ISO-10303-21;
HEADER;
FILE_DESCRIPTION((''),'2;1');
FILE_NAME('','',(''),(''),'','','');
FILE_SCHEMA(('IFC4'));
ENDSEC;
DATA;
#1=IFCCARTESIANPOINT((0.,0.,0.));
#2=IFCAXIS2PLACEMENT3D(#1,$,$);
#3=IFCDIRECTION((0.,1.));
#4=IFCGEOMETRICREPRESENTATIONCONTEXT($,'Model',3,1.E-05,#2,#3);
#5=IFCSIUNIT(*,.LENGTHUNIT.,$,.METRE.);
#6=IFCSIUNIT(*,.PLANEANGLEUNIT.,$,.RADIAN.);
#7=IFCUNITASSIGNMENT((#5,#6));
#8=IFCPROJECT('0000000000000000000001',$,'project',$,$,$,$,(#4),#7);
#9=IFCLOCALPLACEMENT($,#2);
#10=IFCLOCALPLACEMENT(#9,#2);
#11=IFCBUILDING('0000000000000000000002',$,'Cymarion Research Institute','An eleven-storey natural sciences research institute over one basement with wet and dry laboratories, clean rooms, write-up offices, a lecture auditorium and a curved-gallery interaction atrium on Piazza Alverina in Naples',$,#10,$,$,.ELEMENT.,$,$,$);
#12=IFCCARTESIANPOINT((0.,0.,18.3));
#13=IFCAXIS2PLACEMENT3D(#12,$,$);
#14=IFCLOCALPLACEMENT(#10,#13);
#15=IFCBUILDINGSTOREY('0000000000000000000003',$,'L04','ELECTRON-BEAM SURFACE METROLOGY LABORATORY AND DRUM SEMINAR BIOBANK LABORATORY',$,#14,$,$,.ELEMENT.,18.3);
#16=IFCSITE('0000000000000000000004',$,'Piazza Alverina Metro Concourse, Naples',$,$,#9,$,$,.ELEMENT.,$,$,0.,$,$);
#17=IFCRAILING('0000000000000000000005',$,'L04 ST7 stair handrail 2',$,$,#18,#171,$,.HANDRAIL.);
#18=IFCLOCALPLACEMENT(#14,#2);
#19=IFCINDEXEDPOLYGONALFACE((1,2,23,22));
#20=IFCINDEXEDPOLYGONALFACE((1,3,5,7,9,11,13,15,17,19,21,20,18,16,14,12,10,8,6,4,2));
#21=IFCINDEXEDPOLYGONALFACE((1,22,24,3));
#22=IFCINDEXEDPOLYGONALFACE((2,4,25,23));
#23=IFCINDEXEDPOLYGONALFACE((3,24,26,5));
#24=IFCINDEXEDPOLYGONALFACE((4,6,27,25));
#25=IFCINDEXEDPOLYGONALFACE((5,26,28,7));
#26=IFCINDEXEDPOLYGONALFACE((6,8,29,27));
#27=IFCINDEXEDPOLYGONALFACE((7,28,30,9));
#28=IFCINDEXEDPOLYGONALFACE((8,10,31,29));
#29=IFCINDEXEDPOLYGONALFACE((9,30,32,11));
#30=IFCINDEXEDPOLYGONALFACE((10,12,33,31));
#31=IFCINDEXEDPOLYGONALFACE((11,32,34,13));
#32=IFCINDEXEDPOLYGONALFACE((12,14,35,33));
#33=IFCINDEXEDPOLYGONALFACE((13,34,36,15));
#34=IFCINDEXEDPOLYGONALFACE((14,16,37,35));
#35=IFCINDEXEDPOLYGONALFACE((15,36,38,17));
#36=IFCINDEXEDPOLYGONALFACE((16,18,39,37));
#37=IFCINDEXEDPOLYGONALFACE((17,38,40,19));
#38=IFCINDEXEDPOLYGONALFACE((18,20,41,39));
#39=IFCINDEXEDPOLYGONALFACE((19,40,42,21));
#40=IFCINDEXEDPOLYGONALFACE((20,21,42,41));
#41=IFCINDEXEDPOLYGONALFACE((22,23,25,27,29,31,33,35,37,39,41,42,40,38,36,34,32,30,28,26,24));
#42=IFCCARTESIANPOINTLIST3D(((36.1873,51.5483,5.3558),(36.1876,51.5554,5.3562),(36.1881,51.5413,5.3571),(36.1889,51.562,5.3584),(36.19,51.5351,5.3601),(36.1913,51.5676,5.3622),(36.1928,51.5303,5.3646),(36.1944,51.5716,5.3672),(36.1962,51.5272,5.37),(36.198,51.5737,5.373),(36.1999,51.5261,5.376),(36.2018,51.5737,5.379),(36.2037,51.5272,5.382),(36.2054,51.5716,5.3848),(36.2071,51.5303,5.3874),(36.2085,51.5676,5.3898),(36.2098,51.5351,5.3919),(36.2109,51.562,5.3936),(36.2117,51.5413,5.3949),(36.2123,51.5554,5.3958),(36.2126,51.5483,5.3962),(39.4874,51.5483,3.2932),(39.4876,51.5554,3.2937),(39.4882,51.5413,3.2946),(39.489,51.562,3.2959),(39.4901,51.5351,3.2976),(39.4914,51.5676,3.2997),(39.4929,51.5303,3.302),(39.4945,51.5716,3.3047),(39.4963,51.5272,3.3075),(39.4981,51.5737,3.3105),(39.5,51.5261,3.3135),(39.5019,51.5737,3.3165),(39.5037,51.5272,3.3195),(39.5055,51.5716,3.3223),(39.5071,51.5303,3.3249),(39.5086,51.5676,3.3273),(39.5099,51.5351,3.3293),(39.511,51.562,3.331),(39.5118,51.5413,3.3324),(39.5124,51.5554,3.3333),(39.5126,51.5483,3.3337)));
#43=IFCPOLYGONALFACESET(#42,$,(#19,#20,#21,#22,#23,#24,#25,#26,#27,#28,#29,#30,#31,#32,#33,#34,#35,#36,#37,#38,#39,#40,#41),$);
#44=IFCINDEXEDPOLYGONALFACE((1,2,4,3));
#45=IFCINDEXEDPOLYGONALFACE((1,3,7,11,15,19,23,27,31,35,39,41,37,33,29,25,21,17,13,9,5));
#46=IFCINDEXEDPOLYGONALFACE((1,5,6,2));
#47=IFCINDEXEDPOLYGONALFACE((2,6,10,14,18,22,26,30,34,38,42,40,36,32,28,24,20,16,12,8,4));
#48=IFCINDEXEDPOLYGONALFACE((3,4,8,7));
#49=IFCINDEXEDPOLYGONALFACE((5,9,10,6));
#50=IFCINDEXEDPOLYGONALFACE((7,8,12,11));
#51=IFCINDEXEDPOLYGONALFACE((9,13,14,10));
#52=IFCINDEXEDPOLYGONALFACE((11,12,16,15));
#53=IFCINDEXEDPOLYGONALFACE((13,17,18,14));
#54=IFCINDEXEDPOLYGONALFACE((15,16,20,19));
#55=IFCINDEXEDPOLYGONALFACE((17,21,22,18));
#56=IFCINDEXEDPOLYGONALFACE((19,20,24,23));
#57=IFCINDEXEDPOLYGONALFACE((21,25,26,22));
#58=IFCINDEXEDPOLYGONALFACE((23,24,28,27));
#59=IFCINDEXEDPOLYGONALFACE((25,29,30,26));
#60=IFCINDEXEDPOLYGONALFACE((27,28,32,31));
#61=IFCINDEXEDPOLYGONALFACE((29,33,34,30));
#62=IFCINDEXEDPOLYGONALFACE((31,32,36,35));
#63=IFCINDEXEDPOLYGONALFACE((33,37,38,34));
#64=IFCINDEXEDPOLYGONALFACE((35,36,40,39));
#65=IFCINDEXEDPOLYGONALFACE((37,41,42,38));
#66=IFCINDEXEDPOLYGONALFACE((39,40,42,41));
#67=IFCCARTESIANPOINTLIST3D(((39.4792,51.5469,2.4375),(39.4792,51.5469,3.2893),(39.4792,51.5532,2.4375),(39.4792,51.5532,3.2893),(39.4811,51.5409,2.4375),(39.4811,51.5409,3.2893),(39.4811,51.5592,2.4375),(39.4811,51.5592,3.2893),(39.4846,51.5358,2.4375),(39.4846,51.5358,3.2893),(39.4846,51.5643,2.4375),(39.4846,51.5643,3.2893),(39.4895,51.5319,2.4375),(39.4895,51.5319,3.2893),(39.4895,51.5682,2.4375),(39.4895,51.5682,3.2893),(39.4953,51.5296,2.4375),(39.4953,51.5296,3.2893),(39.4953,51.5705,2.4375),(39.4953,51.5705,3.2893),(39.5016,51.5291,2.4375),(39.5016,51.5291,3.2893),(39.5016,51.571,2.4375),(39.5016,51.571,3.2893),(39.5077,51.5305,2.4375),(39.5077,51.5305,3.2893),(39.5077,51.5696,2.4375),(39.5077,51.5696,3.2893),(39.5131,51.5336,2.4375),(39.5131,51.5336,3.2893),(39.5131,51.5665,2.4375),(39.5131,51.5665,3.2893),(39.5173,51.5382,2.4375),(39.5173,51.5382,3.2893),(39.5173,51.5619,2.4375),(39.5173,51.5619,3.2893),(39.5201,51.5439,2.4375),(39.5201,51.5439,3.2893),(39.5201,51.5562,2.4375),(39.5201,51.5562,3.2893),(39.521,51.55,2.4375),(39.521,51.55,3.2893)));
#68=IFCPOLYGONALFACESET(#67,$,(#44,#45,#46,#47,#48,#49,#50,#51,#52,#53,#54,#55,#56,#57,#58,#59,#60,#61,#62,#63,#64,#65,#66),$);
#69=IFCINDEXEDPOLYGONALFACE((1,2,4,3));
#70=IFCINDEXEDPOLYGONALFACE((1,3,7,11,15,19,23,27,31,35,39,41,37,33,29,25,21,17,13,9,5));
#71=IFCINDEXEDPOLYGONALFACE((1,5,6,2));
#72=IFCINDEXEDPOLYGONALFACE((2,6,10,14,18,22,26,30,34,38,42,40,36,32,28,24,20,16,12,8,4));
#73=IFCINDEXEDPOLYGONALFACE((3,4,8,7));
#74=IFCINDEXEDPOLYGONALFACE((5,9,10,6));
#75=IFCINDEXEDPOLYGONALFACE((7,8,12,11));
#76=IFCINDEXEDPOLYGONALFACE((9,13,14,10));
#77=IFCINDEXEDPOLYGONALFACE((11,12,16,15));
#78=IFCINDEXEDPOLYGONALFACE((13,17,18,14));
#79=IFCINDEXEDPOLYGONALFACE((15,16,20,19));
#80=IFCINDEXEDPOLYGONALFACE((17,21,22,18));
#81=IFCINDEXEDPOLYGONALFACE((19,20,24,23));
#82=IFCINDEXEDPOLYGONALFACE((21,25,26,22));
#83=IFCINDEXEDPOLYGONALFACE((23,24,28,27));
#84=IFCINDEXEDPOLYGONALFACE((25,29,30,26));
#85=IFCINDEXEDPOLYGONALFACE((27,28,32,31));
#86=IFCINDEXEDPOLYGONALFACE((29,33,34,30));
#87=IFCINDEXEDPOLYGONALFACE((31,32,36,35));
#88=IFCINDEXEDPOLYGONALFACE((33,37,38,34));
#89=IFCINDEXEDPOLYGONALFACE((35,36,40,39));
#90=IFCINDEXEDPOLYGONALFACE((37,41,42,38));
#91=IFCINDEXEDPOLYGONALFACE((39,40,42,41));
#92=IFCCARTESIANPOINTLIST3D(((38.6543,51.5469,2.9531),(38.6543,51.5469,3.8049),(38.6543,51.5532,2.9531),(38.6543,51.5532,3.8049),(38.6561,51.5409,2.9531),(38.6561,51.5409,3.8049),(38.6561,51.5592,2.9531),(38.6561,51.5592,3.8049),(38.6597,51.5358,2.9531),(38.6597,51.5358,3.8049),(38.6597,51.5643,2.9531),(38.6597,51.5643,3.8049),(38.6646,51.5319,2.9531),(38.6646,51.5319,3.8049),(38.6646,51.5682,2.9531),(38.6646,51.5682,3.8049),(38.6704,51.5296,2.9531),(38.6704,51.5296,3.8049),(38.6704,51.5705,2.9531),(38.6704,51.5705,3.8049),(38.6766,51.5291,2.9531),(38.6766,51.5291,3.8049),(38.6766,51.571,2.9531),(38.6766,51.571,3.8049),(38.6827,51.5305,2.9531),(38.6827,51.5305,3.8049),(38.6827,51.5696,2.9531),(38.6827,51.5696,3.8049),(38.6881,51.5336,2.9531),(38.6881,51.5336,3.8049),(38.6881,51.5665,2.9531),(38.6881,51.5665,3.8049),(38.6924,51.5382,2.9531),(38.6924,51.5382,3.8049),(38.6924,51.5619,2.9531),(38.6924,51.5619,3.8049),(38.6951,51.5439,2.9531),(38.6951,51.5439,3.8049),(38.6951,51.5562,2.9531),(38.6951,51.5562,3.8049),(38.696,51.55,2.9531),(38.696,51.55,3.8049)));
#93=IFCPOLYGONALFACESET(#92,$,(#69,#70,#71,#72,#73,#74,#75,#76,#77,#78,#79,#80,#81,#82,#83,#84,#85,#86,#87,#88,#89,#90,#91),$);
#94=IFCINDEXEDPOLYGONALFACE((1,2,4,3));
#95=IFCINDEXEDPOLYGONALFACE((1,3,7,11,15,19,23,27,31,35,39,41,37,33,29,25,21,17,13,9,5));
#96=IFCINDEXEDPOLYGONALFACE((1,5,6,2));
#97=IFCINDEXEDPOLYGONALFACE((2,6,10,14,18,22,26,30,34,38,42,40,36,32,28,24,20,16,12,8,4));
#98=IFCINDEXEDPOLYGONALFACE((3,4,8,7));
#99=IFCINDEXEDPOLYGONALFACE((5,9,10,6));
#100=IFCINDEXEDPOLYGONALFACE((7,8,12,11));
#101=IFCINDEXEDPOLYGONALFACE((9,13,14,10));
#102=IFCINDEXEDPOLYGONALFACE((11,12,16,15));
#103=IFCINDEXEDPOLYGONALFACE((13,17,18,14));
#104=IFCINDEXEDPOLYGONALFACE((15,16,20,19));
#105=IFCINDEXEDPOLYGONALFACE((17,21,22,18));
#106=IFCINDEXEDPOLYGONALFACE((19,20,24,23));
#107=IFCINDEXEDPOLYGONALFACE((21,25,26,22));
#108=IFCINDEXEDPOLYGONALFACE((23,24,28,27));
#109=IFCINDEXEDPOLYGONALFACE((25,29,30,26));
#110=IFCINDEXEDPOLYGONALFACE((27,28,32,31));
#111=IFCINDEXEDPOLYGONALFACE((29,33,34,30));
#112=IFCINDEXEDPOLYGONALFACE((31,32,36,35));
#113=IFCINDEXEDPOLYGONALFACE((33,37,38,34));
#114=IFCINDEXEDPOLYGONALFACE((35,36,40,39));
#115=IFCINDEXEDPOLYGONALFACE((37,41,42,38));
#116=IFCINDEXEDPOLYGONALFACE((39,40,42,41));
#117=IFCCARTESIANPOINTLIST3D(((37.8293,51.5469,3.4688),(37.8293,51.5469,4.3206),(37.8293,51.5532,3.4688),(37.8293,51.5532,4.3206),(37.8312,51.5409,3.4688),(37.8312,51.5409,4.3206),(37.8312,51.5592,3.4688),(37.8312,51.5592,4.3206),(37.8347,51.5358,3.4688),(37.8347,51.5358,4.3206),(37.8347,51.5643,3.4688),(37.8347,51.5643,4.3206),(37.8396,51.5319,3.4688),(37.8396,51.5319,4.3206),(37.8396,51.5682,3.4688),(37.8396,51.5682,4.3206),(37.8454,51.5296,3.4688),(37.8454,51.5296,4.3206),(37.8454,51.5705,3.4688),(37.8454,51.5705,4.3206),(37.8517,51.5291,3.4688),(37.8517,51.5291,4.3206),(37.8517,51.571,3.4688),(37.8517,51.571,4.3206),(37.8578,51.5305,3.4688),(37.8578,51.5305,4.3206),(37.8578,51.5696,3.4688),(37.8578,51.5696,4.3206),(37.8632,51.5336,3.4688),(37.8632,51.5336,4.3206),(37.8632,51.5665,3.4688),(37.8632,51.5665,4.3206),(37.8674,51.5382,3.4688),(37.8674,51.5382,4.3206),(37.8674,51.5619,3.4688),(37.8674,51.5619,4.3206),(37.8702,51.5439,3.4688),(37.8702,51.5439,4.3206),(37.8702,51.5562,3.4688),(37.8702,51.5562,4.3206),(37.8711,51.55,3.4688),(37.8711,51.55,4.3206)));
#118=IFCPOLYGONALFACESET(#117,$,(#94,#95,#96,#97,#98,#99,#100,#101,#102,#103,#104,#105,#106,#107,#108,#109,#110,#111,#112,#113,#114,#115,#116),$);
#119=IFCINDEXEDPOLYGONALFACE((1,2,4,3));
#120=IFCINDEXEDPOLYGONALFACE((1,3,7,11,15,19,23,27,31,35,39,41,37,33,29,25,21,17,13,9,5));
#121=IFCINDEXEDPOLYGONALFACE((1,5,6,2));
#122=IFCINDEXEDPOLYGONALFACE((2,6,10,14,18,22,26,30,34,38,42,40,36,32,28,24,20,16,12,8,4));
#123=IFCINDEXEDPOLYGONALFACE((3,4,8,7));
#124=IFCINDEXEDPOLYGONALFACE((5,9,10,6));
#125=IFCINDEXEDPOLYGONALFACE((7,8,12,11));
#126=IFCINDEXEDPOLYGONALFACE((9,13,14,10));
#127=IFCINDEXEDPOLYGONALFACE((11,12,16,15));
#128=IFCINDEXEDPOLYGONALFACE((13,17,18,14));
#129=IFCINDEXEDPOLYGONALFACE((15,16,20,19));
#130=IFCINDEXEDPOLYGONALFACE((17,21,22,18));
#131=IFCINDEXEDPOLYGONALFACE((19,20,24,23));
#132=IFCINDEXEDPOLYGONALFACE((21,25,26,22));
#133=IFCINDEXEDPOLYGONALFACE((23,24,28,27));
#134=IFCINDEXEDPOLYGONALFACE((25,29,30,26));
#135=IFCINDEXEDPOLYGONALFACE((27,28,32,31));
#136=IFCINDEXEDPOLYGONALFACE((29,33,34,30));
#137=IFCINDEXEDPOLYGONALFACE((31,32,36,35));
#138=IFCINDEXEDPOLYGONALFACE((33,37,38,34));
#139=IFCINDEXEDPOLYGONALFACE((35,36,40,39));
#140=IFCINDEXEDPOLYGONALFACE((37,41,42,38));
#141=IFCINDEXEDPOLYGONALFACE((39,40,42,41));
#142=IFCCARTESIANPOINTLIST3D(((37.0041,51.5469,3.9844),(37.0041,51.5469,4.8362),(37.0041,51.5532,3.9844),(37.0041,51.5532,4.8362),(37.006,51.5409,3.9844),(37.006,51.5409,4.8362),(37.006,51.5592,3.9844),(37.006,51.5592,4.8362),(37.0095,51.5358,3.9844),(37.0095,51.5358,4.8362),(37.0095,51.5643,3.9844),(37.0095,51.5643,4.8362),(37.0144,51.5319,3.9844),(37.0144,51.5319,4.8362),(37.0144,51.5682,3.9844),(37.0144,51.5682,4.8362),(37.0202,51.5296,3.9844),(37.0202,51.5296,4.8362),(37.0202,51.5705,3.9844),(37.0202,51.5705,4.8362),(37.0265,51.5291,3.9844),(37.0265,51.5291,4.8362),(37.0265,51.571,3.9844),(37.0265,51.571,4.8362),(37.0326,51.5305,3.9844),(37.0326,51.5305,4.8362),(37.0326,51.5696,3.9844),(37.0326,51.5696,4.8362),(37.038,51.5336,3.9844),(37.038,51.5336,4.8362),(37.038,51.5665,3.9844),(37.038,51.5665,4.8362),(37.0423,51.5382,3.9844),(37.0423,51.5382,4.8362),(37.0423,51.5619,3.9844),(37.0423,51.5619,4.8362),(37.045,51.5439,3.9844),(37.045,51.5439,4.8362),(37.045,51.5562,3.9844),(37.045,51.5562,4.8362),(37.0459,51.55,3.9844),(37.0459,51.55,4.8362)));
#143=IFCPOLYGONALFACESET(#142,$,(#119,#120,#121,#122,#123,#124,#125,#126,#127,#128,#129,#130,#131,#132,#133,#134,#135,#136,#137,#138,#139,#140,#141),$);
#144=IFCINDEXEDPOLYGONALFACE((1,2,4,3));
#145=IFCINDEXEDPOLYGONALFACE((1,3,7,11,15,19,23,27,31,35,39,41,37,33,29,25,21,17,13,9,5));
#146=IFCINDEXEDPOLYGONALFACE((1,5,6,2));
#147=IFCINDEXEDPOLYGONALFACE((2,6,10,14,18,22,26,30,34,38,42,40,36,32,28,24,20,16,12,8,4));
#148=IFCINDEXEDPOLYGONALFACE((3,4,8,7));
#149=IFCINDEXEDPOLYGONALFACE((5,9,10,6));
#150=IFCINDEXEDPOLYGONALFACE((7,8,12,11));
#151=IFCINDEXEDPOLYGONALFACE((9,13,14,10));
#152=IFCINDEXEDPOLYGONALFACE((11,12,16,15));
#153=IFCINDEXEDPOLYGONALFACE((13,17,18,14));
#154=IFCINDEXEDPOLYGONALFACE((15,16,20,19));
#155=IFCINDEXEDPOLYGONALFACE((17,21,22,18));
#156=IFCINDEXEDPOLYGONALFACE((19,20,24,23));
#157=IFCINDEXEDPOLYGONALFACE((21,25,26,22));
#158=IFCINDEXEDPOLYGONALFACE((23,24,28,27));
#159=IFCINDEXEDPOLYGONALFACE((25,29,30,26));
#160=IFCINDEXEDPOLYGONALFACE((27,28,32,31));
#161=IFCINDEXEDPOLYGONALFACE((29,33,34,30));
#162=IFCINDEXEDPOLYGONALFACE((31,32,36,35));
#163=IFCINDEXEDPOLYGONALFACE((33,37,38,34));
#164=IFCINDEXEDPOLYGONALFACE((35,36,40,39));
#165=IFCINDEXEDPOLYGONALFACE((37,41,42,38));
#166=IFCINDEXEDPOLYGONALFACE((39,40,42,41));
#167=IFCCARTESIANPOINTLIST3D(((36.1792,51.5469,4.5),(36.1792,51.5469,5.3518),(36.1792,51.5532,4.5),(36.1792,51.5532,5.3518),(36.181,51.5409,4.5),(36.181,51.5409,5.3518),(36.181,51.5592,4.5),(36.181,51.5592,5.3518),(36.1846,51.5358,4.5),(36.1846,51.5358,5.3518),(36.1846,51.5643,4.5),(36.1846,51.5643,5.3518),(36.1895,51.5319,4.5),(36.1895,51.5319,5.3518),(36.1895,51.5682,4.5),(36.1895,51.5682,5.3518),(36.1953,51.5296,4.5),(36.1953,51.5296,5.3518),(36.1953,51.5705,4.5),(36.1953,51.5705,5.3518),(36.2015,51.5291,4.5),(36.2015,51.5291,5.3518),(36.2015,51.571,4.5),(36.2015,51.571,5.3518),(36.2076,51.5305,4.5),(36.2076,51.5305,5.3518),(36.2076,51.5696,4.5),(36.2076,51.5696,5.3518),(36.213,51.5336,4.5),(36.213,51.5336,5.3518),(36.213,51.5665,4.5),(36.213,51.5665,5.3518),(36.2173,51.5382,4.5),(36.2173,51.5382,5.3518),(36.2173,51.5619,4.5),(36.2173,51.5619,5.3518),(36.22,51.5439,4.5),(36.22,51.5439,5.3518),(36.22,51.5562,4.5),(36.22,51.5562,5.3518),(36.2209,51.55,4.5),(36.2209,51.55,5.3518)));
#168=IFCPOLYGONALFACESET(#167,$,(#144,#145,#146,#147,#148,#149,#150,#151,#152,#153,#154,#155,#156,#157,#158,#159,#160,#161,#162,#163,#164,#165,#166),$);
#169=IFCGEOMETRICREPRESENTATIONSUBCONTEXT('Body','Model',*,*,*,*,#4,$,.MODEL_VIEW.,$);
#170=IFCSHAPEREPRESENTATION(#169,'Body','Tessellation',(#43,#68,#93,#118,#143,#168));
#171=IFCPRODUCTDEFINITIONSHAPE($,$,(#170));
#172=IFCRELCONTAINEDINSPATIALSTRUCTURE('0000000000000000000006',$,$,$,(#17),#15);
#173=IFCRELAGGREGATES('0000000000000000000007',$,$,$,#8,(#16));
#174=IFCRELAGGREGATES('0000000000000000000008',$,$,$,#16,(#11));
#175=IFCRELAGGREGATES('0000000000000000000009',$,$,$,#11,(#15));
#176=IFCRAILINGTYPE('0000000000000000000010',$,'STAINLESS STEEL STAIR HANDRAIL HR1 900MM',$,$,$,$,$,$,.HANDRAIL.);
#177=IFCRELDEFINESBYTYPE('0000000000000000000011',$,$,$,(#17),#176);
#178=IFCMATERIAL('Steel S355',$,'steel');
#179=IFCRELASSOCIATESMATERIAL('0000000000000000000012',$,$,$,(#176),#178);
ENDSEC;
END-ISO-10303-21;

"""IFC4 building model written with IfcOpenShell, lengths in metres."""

from ifc_helpers import new_model, si_unit, direction, frame, origin, origin_2d, place, context, subcontext, project, spatial, circle, extrude, material, type_object, element, save


model = new_model("IFC4")

# Units and contexts
model_context = context("Model", 3, precision=1e-05, world=origin(), true_north=direction((0.0, 1.0)))
body_context = subcontext(model_context, "Body", "Model", "MODEL_VIEW")
ifc_project = project(units=[si_unit("LENGTHUNIT", "METRE"), si_unit("PLANEANGLEUNIT", "RADIAN")], contexts=[model_context])

# Site, building, storey
site_placement = place(None, origin())
site = spatial("IfcSite", under=ifc_project, at=site_placement, Name="Piazza Alverina Metro Concourse, Naples", CompositionType="ELEMENT", RefElevation=0.0)
building_placement = place(site_placement, origin())
building = spatial("IfcBuilding", under=site, at=building_placement, Name="Cymarion Research Institute", Description="An eleven-storey natural sciences research institute over one basement with wet and dry laboratories, clean rooms, write-up offices, a lecture auditorium and a curved-gallery interaction atrium on Piazza Alverina in Naples", CompositionType="ELEMENT")
storey_placement = place(building_placement, frame((0.0, 0.0, 18.3)))
storey = spatial("IfcBuildingStorey", under=building, at=storey_placement, Name="L04", Description="ELECTRON-BEAM SURFACE METROLOGY LABORATORY AND DRUM SEMINAR BIOBANK LABORATORY", CompositionType="ELEMENT", Elevation=18.3)

# Shared definitions
ifc_material_1 = material(Name="Steel S355", Category="steel")

# Railing
railing_type_1 = type_object("IfcRailingType", Name="STAINLESS STEEL STAIR HANDRAIL HR1 900MM", PredefinedType="HANDRAIL", material=ifc_material_1)
railing_1_placement = place(storey_placement, frame((39.5, 51.55, 2.4375)))
element("IfcRailing", 1, at=railing_1_placement, inside=storey, type_object=railing_type_1, Name="L04 ST7 stair handrail 2", PredefinedType="HANDRAIL", context=body_context, shape_type="SweptSolid", body=[
    extrude(circle(Radius=0.0239, at=origin_2d()), frame((0.0, 0.0, 0.876), z_axis=(-0.848002, 0.0, 0.529993), x_axis=(0.0, -1.0, 0.0)), (0.0, 0.0, 1.0), 3.8916),
    extrude(circle(Radius=0.021, at=origin_2d()), origin(), (0.0, 0.0, 1.0), 0.8518),
    extrude(circle(Radius=0.021, at=origin_2d()), frame((-0.825, 0.0, 0.5156)), (0.0, 0.0, 1.0), 0.8518),
    extrude(circle(Radius=0.021, at=origin_2d()), frame((-1.6499, 0.0, 1.0312)), (0.0, 0.0, 1.0), 0.8518),
    extrude(circle(Radius=0.021, at=origin_2d()), frame((-2.4751, 0.0, 1.5469)), (0.0, 0.0, 1.0), 0.8518),
    extrude(circle(Radius=0.021, at=origin_2d()), frame((-3.3, 0.0, 2.0625)), (0.0, 0.0, 1.0), 0.8518),
])

save(model, "model.ifc")
